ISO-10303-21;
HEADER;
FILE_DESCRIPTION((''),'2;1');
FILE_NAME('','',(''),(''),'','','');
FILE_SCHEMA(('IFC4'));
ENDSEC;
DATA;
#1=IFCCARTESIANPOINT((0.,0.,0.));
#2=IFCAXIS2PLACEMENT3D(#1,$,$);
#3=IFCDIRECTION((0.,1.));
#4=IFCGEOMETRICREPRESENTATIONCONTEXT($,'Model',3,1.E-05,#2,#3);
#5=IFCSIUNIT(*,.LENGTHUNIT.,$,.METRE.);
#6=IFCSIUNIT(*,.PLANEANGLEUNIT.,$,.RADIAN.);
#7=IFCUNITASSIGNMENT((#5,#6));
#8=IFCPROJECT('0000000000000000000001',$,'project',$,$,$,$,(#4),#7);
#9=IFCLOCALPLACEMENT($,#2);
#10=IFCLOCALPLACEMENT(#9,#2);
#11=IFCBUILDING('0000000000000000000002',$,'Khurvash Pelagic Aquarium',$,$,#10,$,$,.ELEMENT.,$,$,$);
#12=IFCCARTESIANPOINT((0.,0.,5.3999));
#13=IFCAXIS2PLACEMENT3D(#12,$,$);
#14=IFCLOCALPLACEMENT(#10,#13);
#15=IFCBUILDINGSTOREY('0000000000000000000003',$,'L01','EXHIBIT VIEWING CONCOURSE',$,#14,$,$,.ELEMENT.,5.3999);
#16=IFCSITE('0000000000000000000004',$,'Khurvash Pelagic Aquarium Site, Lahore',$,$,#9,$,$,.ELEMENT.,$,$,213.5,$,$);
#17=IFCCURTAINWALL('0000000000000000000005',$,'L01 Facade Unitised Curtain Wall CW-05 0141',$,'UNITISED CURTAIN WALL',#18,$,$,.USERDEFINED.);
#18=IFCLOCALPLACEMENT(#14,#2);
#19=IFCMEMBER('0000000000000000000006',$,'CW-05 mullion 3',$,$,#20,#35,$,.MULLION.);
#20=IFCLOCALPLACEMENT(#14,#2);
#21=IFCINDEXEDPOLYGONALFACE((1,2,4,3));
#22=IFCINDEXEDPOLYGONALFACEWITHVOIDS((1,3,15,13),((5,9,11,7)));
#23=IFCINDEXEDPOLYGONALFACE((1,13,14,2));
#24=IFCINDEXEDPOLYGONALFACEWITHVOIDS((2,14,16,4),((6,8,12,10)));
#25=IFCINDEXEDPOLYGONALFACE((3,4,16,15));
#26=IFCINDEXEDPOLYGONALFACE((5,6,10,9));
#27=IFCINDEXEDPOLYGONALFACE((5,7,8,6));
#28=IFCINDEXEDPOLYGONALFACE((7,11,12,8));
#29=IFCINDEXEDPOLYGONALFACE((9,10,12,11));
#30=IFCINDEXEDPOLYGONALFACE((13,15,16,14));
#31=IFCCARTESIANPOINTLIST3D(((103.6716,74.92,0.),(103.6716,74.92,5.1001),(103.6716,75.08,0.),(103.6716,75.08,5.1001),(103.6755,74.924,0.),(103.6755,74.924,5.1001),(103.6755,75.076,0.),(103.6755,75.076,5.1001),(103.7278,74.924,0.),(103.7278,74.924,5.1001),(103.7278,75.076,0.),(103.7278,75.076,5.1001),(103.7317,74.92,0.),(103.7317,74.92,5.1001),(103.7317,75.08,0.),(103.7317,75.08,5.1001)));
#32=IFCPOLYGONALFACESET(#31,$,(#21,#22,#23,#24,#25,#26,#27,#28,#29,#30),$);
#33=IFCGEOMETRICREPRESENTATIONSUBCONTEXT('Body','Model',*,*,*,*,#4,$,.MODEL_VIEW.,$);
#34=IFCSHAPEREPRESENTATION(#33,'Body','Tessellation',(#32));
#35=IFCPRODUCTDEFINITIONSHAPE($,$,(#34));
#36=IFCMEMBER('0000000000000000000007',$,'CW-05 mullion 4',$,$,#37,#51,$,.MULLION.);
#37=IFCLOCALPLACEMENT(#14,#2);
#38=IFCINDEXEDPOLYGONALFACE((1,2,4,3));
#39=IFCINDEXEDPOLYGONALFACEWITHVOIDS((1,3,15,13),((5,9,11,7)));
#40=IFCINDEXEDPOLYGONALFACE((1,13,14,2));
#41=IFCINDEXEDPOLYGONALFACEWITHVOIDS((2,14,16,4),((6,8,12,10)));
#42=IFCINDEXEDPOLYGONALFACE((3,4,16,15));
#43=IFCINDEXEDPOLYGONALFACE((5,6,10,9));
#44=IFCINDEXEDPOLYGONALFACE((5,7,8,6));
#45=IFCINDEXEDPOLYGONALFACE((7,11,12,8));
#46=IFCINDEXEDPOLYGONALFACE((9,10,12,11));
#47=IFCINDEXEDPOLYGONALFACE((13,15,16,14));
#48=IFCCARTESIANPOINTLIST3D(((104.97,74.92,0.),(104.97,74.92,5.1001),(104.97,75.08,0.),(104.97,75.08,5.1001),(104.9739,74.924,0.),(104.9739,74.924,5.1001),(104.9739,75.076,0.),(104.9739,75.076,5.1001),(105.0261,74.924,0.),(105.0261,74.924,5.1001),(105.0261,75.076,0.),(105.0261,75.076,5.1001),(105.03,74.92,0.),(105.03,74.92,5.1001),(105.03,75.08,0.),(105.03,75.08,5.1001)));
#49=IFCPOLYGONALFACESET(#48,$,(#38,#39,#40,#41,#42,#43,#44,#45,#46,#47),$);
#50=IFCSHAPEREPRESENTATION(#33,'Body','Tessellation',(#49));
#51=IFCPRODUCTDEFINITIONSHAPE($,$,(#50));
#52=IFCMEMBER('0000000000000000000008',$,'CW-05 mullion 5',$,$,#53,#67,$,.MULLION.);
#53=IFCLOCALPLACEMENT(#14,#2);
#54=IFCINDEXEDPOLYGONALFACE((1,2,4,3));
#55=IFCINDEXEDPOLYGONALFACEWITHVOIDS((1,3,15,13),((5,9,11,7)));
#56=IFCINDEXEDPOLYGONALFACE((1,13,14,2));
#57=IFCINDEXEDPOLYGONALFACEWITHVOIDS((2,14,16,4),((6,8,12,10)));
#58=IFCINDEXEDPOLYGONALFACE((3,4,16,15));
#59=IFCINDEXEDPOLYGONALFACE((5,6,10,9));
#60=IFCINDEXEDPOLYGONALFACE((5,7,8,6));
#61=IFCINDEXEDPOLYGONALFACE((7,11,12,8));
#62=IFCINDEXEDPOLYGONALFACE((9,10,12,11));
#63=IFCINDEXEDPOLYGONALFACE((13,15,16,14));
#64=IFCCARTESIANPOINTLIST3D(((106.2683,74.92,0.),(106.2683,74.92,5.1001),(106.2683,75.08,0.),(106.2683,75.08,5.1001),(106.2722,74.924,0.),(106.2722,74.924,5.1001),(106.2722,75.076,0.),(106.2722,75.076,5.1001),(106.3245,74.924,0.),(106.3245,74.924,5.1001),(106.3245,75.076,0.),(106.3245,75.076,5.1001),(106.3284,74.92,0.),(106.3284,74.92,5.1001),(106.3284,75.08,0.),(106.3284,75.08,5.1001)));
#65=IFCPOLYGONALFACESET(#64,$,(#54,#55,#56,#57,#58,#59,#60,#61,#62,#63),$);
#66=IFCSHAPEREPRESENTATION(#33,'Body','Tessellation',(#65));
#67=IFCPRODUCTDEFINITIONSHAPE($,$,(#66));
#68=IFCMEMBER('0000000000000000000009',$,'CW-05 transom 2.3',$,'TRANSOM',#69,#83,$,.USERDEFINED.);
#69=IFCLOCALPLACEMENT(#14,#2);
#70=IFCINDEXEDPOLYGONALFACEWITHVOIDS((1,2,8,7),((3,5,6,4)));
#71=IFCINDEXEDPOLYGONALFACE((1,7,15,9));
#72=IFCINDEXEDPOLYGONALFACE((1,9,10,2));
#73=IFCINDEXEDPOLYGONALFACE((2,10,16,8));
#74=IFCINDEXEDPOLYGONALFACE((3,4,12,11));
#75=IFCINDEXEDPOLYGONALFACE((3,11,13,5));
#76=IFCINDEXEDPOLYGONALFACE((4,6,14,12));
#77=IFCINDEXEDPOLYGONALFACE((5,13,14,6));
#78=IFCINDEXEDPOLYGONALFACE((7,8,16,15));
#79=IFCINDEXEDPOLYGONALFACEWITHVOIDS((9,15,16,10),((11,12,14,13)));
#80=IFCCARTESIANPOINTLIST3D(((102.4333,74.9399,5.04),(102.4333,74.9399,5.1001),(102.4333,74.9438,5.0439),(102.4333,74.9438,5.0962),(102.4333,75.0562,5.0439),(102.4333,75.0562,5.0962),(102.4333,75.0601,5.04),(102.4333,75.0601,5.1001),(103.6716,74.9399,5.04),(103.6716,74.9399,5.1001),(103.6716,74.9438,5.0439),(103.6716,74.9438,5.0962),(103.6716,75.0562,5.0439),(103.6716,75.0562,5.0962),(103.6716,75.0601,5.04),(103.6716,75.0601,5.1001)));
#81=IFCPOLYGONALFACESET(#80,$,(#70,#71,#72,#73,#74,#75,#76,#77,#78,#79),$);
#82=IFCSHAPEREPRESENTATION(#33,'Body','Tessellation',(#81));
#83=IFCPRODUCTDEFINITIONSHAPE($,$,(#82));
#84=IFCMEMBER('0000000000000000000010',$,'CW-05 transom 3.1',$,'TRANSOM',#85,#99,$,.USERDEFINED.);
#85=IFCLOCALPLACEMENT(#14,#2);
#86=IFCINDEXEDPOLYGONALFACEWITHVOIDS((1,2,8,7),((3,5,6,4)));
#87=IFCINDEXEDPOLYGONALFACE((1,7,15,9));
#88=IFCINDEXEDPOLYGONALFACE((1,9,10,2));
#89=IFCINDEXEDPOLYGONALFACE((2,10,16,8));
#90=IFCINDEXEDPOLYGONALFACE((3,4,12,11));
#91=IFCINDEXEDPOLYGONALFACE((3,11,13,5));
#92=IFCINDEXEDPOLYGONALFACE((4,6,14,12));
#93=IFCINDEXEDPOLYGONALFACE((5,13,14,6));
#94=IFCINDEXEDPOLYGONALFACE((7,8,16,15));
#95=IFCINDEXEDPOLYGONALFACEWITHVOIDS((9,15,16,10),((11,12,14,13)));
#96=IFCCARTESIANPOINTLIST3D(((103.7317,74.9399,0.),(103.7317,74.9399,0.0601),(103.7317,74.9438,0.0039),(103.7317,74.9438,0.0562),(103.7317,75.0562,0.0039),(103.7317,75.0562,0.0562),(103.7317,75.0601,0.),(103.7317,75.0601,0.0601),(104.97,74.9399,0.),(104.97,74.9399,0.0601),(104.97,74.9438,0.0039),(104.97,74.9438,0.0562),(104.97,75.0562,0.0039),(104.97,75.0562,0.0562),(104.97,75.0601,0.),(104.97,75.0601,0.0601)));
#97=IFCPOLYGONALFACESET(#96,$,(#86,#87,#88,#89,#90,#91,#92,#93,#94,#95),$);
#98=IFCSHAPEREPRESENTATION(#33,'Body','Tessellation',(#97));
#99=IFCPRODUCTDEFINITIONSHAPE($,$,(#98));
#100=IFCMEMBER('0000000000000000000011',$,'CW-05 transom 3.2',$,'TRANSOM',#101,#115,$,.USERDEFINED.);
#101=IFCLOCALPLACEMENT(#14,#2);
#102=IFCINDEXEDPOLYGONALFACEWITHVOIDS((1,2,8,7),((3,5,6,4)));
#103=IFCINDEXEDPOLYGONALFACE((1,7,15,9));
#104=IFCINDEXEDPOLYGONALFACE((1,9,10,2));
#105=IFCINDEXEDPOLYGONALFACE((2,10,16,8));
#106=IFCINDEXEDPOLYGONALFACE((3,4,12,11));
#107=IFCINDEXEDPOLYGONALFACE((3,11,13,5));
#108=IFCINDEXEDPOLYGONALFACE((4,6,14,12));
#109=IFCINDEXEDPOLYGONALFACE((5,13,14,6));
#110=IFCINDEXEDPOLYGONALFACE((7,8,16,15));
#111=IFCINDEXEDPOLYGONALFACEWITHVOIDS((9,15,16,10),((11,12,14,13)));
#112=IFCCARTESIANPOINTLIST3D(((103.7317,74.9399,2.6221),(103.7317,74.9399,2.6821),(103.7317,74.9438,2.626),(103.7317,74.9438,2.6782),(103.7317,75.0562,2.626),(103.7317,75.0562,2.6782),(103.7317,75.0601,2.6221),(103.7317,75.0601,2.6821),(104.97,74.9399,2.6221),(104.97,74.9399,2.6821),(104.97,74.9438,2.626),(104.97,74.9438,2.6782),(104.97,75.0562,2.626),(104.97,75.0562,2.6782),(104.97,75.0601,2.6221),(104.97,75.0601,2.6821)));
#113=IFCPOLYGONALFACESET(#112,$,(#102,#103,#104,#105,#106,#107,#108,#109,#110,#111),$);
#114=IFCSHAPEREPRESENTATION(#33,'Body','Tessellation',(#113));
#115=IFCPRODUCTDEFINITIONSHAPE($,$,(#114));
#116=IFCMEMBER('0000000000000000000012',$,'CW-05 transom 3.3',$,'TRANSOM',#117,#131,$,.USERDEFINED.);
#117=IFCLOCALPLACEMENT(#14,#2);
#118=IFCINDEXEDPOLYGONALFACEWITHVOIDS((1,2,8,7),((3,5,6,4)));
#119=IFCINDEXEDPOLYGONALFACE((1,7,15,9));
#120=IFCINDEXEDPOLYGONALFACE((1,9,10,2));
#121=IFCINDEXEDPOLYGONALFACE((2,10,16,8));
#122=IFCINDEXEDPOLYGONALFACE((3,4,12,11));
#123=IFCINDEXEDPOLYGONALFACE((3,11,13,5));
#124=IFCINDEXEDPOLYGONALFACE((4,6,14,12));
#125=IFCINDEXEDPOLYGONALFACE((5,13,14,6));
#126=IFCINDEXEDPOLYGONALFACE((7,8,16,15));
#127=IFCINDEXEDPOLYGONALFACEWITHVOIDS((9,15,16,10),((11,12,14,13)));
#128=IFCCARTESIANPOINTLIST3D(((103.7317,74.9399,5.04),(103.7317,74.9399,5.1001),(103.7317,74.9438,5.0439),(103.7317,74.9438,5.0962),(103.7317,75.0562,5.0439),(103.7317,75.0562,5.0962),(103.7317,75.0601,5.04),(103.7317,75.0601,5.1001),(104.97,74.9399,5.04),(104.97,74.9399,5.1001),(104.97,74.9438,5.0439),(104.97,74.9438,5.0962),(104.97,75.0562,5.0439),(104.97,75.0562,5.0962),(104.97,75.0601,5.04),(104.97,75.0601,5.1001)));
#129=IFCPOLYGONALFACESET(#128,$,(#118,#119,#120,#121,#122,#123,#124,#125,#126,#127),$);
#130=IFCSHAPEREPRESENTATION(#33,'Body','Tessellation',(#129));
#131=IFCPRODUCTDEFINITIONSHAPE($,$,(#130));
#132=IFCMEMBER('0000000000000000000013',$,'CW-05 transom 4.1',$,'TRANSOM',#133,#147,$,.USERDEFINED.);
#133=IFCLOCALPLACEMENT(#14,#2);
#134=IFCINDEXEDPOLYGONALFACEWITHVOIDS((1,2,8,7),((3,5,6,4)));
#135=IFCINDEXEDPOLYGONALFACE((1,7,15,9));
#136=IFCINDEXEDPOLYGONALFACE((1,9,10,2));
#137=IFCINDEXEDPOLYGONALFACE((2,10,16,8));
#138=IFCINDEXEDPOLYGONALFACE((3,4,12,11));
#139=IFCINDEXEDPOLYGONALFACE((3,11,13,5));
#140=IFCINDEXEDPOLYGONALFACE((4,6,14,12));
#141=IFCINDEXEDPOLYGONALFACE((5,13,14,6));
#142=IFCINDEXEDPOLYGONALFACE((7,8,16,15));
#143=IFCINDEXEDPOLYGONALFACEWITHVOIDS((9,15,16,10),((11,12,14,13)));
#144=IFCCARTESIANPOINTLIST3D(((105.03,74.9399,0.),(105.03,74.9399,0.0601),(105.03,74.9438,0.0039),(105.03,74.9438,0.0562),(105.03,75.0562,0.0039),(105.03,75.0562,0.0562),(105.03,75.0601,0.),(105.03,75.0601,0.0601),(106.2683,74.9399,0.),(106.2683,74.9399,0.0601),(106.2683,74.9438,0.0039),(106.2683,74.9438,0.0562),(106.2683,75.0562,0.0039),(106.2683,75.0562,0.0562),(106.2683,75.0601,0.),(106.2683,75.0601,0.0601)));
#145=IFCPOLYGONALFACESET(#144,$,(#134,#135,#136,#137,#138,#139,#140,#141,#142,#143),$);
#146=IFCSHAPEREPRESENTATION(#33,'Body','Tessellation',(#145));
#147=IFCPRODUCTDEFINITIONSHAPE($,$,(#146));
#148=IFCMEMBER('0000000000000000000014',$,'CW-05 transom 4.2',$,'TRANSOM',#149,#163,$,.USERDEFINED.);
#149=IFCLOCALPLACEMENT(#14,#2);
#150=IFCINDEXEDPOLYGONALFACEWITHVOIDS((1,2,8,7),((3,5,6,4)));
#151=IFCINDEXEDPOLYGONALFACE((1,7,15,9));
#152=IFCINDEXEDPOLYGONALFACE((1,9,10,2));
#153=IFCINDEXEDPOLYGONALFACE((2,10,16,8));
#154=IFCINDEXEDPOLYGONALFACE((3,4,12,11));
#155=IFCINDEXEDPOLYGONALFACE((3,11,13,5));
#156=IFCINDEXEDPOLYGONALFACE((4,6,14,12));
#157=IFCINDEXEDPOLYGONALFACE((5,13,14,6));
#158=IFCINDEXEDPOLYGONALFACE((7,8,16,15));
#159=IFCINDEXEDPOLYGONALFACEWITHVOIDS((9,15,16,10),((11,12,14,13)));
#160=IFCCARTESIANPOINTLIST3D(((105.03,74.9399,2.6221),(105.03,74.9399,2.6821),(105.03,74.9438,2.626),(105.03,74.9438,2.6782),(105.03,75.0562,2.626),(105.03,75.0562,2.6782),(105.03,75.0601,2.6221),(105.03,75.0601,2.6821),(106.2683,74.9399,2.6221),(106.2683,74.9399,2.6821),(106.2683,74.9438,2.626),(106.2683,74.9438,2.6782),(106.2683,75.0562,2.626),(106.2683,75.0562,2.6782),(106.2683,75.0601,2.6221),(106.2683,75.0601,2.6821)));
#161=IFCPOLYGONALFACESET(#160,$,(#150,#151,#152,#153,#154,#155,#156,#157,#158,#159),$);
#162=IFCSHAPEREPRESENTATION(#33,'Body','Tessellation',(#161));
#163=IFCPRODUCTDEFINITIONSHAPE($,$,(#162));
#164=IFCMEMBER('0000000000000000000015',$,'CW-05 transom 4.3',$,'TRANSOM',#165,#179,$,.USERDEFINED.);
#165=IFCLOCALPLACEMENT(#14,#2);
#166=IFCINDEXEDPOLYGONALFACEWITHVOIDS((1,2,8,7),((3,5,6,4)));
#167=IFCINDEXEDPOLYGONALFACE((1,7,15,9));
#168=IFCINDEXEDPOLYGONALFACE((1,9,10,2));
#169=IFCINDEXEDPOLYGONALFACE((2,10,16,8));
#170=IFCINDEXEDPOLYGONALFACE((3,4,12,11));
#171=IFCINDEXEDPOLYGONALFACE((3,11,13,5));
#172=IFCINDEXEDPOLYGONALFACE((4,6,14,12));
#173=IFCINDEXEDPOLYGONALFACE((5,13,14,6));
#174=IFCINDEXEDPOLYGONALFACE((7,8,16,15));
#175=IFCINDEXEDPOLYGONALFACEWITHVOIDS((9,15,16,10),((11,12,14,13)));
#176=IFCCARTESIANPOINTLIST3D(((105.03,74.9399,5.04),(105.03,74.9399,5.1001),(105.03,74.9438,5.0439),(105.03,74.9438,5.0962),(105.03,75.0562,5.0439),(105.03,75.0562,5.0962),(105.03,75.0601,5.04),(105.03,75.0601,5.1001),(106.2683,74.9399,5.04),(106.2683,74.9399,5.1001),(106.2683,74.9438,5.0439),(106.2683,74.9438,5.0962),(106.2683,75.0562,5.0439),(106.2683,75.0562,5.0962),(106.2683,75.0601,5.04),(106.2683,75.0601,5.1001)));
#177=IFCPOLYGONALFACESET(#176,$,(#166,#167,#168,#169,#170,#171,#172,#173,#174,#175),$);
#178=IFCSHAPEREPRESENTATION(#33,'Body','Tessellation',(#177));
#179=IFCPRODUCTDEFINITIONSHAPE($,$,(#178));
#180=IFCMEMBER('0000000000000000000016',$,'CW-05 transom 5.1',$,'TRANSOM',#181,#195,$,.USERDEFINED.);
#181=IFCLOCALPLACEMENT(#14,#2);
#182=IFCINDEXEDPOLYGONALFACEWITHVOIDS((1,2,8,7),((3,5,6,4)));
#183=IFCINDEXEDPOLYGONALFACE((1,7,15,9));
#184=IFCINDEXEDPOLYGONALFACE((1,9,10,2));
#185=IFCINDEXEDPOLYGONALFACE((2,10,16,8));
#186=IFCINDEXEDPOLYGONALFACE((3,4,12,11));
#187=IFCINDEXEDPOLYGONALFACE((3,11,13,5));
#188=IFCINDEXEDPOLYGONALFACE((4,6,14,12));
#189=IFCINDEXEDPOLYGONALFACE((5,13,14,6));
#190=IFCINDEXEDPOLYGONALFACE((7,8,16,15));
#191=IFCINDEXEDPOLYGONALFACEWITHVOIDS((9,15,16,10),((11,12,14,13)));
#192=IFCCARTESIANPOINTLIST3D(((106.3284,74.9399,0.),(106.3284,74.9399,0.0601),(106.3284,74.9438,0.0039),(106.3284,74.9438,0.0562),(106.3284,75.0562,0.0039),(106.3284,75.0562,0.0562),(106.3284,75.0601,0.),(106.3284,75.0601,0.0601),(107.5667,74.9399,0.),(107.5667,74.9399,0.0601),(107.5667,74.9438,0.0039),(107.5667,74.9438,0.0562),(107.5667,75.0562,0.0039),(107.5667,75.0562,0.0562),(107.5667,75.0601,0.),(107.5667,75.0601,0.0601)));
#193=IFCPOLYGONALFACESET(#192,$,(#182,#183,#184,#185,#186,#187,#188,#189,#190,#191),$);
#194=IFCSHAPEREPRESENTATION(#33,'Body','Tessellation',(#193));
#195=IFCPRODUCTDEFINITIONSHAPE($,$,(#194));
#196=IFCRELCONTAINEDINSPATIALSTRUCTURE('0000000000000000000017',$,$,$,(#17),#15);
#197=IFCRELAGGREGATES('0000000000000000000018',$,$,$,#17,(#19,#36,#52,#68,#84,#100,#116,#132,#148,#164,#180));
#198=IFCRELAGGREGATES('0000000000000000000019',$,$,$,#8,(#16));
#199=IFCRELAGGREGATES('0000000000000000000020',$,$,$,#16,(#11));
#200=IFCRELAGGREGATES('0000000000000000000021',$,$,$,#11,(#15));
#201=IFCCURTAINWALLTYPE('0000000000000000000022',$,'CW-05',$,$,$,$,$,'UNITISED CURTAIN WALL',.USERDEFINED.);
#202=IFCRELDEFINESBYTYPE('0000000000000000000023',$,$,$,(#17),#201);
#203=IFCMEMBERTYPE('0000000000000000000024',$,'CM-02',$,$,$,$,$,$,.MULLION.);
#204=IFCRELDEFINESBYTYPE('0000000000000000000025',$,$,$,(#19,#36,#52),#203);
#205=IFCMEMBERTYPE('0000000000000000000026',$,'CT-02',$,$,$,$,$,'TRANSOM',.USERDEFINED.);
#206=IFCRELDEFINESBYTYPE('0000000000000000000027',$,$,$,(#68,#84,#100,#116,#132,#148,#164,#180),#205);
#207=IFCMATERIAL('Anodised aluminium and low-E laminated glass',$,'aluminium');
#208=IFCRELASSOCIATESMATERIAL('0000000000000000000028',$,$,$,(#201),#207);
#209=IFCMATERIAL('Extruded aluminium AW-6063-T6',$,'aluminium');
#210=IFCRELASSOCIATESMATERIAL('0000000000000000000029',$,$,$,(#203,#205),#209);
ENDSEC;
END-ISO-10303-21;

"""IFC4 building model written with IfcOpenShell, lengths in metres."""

from ifc_helpers import new_model, si_unit, direction, frame, origin, origin_2d, place, context, subcontext, project, spatial, hollow_rectangle, extrude, material, material_profile, profile_set, type_object, element, aggregate, save


model = new_model("IFC4")

# Units and contexts
model_context = context("Model", 3, precision=1e-05, world=origin(), true_north=direction((0.0, 1.0)))
body_context = subcontext(model_context, "Body", "Model", "MODEL_VIEW")
ifc_project = project(units=[si_unit("LENGTHUNIT", "METRE"), si_unit("PLANEANGLEUNIT", "RADIAN")], contexts=[model_context])

# Site, building, storey
site_placement = place(None, origin())
site = spatial("IfcSite", under=ifc_project, at=site_placement, Name="Khurvash Pelagic Aquarium Site, Lahore", CompositionType="ELEMENT", RefElevation=213.5)
building_placement = place(site_placement, origin())
building = spatial("IfcBuilding", under=site, at=building_placement, Name="Khurvash Pelagic Aquarium", CompositionType="ELEMENT")
storey_placement = place(building_placement, frame((0.0, 0.0, 5.3999)))
storey = spatial("IfcBuildingStorey", under=building, at=storey_placement, Name="L01", Description="EXHIBIT VIEWING CONCOURSE", CompositionType="ELEMENT", Elevation=5.3999)

# Curtain wall, members
ifc_material_1 = material(Name="Anodised aluminium and low-E laminated glass", Category="aluminium")
curtain_wall_type = type_object("IfcCurtainWallType", Name="CW-05", ElementType="UNITISED CURTAIN WALL", PredefinedType="USERDEFINED", material=ifc_material_1)
curtain_wall_placement = place(storey_placement, origin())
curtain_wall = element("IfcCurtainWall", 1, at=curtain_wall_placement, inside=storey, type_object=curtain_wall_type, Name="L01 Facade Unitised Curtain Wall CW-05 0141", ObjectType="UNITISED CURTAIN WALL", PredefinedType="USERDEFINED")
ifc_material_2 = material(Name="Extruded aluminium AW-6063-T6", Category="aluminium")
ifc_material_profile_1 = material_profile(ifc_material_2, hollow_rectangle(XDim=0.0601, YDim=0.1599, WallThickness=0.0039, at=origin_2d()), Name="CWM60X160X4")
ifc_profile_set_1 = profile_set([ifc_material_profile_1], Name="Extruded aluminium AW-6063-T6")
member_type_1 = type_object("IfcMemberType", Name="CM-02", PredefinedType="MULLION", material=ifc_profile_set_1)
member_1_placement = place(storey_placement, frame((103.7017, 75.0, 0.0), z_axis=(0.0, 0.0, 1.0), x_axis=(1.0, 0.0, 0.0)))
member_1 = element("IfcMember", 2, at=member_1_placement, type_object=member_type_1, Name="CW-05 mullion 3", PredefinedType="MULLION", context=body_context, shape_type="SweptSolid", body=[
    extrude(hollow_rectangle(XDim=0.0601, YDim=0.1599, WallThickness=0.0039, at=origin_2d()), origin(), (0.0, 0.0, 1.0), 5.1001),
])
member_2_placement = place(storey_placement, frame((105.0, 75.0, 0.0), z_axis=(0.0, 0.0, 1.0), x_axis=(1.0, 0.0, 0.0)))
member_2 = element("IfcMember", 3, at=member_2_placement, type_object=member_type_1, Name="CW-05 mullion 4", PredefinedType="MULLION", context=body_context, shape_type="SweptSolid", body=[
    extrude(hollow_rectangle(XDim=0.0601, YDim=0.1599, WallThickness=0.0039, at=origin_2d()), origin(), (0.0, 0.0, 1.0), 5.1001),
])
member_3_placement = place(storey_placement, frame((106.2983, 75.0, 0.0), z_axis=(0.0, 0.0, 1.0), x_axis=(1.0, 0.0, 0.0)))
member_3 = element("IfcMember", 4, at=member_3_placement, type_object=member_type_1, Name="CW-05 mullion 5", PredefinedType="MULLION", context=body_context, shape_type="SweptSolid", body=[
    extrude(hollow_rectangle(XDim=0.0601, YDim=0.1599, WallThickness=0.0039, at=origin_2d()), origin(), (0.0, 0.0, 1.0), 5.1001),
])
ifc_material_profile_2 = material_profile(ifc_material_2, hollow_rectangle(XDim=0.1201, YDim=0.0601, WallThickness=0.0039, at=origin_2d()), Name="CWT120X60X4")
ifc_profile_set_2 = profile_set([ifc_material_profile_2], Name="Extruded aluminium AW-6063-T6")
member_type_2 = type_object("IfcMemberType", Name="CT-02", ElementType="TRANSOM", PredefinedType="USERDEFINED", material=ifc_profile_set_2)
member_4_placement = place(storey_placement, frame((102.4333, 75.0, 5.0701), z_axis=(1.0, 0.0, 0.0), x_axis=(0.0, 1.0, 0.0)))
member_4 = element("IfcMember", 5, at=member_4_placement, type_object=member_type_2, Name="CW-05 transom 2.3", ObjectType="TRANSOM", PredefinedType="USERDEFINED", context=body_context, shape_type="SweptSolid", body=[
    extrude(hollow_rectangle(XDim=0.1201, YDim=0.0601, WallThickness=0.0039, at=origin_2d()), origin(), (0.0, 0.0, 1.0), 1.2383),
])
member_5_placement = place(storey_placement, frame((103.7317, 75.0, 0.03), z_axis=(1.0, 0.0, 0.0), x_axis=(0.0, 1.0, 0.0)))
member_5 = element("IfcMember", 6, at=member_5_placement, type_object=member_type_2, Name="CW-05 transom 3.1", ObjectType="TRANSOM", PredefinedType="USERDEFINED", context=body_context, shape_type="SweptSolid", body=[
    extrude(hollow_rectangle(XDim=0.1201, YDim=0.0601, WallThickness=0.0039, at=origin_2d()), origin(), (0.0, 0.0, 1.0), 1.2383),
])
member_6_placement = place(storey_placement, frame((103.7317, 75.0, 2.6521), z_axis=(1.0, 0.0, 0.0), x_axis=(0.0, 1.0, 0.0)))
member_6 = element("IfcMember", 7, at=member_6_placement, type_object=member_type_2, Name="CW-05 transom 3.2", ObjectType="TRANSOM", PredefinedType="USERDEFINED", context=body_context, shape_type="SweptSolid", body=[
    extrude(hollow_rectangle(XDim=0.1201, YDim=0.0601, WallThickness=0.0039, at=origin_2d()), origin(), (0.0, 0.0, 1.0), 1.2383),
])
member_7_placement = place(storey_placement, frame((103.7317, 75.0, 5.0701), z_axis=(1.0, 0.0, 0.0), x_axis=(0.0, 1.0, 0.0)))
member_7 = element("IfcMember", 8, at=member_7_placement, type_object=member_type_2, Name="CW-05 transom 3.3", ObjectType="TRANSOM", PredefinedType="USERDEFINED", context=body_context, shape_type="SweptSolid", body=[
    extrude(hollow_rectangle(XDim=0.1201, YDim=0.0601, WallThickness=0.0039, at=origin_2d()), origin(), (0.0, 0.0, 1.0), 1.2383),
])
member_8_placement = place(storey_placement, frame((105.03, 75.0, 0.03), z_axis=(1.0, 0.0, 0.0), x_axis=(0.0, 1.0, 0.0)))
member_8 = element("IfcMember", 9, at=member_8_placement, type_object=member_type_2, Name="CW-05 transom 4.1", ObjectType="TRANSOM", PredefinedType="USERDEFINED", context=body_context, shape_type="SweptSolid", body=[
    extrude(hollow_rectangle(XDim=0.1201, YDim=0.0601, WallThickness=0.0039, at=origin_2d()), origin(), (0.0, 0.0, 1.0), 1.2383),
])
member_9_placement = place(storey_placement, frame((105.03, 75.0, 2.6521), z_axis=(1.0, 0.0, 0.0), x_axis=(0.0, 1.0, 0.0)))
member_9 = element("IfcMember", 10, at=member_9_placement, type_object=member_type_2, Name="CW-05 transom 4.2", ObjectType="TRANSOM", PredefinedType="USERDEFINED", context=body_context, shape_type="SweptSolid", body=[
    extrude(hollow_rectangle(XDim=0.1201, YDim=0.0601, WallThickness=0.0039, at=origin_2d()), origin(), (0.0, 0.0, 1.0), 1.2383),
])
member_10_placement = place(storey_placement, frame((105.03, 75.0, 5.0701), z_axis=(1.0, 0.0, 0.0), x_axis=(0.0, 1.0, 0.0)))
member_10 = element("IfcMember", 11, at=member_10_placement, type_object=member_type_2, Name="CW-05 transom 4.3", ObjectType="TRANSOM", PredefinedType="USERDEFINED", context=body_context, shape_type="SweptSolid", body=[
    extrude(hollow_rectangle(XDim=0.1201, YDim=0.0601, WallThickness=0.0039, at=origin_2d()), origin(), (0.0, 0.0, 1.0), 1.2383),
])
member_11_placement = place(storey_placement, frame((106.3284, 75.0, 0.03), z_axis=(1.0, 0.0, 0.0), x_axis=(0.0, 1.0, 0.0)))
member_11 = element("IfcMember", 12, at=member_11_placement, type_object=member_type_2, Name="CW-05 transom 5.1", ObjectType="TRANSOM", PredefinedType="USERDEFINED", context=body_context, shape_type="SweptSolid", body=[
    extrude(hollow_rectangle(XDim=0.1201, YDim=0.0601, WallThickness=0.0039, at=origin_2d()), origin(), (0.0, 0.0, 1.0), 1.2383),
])
aggregate(curtain_wall, [member_1, member_2, member_3, member_4, member_5, member_6, member_7, member_8, member_9, member_10, member_11])

save(model, "model.ifc")
